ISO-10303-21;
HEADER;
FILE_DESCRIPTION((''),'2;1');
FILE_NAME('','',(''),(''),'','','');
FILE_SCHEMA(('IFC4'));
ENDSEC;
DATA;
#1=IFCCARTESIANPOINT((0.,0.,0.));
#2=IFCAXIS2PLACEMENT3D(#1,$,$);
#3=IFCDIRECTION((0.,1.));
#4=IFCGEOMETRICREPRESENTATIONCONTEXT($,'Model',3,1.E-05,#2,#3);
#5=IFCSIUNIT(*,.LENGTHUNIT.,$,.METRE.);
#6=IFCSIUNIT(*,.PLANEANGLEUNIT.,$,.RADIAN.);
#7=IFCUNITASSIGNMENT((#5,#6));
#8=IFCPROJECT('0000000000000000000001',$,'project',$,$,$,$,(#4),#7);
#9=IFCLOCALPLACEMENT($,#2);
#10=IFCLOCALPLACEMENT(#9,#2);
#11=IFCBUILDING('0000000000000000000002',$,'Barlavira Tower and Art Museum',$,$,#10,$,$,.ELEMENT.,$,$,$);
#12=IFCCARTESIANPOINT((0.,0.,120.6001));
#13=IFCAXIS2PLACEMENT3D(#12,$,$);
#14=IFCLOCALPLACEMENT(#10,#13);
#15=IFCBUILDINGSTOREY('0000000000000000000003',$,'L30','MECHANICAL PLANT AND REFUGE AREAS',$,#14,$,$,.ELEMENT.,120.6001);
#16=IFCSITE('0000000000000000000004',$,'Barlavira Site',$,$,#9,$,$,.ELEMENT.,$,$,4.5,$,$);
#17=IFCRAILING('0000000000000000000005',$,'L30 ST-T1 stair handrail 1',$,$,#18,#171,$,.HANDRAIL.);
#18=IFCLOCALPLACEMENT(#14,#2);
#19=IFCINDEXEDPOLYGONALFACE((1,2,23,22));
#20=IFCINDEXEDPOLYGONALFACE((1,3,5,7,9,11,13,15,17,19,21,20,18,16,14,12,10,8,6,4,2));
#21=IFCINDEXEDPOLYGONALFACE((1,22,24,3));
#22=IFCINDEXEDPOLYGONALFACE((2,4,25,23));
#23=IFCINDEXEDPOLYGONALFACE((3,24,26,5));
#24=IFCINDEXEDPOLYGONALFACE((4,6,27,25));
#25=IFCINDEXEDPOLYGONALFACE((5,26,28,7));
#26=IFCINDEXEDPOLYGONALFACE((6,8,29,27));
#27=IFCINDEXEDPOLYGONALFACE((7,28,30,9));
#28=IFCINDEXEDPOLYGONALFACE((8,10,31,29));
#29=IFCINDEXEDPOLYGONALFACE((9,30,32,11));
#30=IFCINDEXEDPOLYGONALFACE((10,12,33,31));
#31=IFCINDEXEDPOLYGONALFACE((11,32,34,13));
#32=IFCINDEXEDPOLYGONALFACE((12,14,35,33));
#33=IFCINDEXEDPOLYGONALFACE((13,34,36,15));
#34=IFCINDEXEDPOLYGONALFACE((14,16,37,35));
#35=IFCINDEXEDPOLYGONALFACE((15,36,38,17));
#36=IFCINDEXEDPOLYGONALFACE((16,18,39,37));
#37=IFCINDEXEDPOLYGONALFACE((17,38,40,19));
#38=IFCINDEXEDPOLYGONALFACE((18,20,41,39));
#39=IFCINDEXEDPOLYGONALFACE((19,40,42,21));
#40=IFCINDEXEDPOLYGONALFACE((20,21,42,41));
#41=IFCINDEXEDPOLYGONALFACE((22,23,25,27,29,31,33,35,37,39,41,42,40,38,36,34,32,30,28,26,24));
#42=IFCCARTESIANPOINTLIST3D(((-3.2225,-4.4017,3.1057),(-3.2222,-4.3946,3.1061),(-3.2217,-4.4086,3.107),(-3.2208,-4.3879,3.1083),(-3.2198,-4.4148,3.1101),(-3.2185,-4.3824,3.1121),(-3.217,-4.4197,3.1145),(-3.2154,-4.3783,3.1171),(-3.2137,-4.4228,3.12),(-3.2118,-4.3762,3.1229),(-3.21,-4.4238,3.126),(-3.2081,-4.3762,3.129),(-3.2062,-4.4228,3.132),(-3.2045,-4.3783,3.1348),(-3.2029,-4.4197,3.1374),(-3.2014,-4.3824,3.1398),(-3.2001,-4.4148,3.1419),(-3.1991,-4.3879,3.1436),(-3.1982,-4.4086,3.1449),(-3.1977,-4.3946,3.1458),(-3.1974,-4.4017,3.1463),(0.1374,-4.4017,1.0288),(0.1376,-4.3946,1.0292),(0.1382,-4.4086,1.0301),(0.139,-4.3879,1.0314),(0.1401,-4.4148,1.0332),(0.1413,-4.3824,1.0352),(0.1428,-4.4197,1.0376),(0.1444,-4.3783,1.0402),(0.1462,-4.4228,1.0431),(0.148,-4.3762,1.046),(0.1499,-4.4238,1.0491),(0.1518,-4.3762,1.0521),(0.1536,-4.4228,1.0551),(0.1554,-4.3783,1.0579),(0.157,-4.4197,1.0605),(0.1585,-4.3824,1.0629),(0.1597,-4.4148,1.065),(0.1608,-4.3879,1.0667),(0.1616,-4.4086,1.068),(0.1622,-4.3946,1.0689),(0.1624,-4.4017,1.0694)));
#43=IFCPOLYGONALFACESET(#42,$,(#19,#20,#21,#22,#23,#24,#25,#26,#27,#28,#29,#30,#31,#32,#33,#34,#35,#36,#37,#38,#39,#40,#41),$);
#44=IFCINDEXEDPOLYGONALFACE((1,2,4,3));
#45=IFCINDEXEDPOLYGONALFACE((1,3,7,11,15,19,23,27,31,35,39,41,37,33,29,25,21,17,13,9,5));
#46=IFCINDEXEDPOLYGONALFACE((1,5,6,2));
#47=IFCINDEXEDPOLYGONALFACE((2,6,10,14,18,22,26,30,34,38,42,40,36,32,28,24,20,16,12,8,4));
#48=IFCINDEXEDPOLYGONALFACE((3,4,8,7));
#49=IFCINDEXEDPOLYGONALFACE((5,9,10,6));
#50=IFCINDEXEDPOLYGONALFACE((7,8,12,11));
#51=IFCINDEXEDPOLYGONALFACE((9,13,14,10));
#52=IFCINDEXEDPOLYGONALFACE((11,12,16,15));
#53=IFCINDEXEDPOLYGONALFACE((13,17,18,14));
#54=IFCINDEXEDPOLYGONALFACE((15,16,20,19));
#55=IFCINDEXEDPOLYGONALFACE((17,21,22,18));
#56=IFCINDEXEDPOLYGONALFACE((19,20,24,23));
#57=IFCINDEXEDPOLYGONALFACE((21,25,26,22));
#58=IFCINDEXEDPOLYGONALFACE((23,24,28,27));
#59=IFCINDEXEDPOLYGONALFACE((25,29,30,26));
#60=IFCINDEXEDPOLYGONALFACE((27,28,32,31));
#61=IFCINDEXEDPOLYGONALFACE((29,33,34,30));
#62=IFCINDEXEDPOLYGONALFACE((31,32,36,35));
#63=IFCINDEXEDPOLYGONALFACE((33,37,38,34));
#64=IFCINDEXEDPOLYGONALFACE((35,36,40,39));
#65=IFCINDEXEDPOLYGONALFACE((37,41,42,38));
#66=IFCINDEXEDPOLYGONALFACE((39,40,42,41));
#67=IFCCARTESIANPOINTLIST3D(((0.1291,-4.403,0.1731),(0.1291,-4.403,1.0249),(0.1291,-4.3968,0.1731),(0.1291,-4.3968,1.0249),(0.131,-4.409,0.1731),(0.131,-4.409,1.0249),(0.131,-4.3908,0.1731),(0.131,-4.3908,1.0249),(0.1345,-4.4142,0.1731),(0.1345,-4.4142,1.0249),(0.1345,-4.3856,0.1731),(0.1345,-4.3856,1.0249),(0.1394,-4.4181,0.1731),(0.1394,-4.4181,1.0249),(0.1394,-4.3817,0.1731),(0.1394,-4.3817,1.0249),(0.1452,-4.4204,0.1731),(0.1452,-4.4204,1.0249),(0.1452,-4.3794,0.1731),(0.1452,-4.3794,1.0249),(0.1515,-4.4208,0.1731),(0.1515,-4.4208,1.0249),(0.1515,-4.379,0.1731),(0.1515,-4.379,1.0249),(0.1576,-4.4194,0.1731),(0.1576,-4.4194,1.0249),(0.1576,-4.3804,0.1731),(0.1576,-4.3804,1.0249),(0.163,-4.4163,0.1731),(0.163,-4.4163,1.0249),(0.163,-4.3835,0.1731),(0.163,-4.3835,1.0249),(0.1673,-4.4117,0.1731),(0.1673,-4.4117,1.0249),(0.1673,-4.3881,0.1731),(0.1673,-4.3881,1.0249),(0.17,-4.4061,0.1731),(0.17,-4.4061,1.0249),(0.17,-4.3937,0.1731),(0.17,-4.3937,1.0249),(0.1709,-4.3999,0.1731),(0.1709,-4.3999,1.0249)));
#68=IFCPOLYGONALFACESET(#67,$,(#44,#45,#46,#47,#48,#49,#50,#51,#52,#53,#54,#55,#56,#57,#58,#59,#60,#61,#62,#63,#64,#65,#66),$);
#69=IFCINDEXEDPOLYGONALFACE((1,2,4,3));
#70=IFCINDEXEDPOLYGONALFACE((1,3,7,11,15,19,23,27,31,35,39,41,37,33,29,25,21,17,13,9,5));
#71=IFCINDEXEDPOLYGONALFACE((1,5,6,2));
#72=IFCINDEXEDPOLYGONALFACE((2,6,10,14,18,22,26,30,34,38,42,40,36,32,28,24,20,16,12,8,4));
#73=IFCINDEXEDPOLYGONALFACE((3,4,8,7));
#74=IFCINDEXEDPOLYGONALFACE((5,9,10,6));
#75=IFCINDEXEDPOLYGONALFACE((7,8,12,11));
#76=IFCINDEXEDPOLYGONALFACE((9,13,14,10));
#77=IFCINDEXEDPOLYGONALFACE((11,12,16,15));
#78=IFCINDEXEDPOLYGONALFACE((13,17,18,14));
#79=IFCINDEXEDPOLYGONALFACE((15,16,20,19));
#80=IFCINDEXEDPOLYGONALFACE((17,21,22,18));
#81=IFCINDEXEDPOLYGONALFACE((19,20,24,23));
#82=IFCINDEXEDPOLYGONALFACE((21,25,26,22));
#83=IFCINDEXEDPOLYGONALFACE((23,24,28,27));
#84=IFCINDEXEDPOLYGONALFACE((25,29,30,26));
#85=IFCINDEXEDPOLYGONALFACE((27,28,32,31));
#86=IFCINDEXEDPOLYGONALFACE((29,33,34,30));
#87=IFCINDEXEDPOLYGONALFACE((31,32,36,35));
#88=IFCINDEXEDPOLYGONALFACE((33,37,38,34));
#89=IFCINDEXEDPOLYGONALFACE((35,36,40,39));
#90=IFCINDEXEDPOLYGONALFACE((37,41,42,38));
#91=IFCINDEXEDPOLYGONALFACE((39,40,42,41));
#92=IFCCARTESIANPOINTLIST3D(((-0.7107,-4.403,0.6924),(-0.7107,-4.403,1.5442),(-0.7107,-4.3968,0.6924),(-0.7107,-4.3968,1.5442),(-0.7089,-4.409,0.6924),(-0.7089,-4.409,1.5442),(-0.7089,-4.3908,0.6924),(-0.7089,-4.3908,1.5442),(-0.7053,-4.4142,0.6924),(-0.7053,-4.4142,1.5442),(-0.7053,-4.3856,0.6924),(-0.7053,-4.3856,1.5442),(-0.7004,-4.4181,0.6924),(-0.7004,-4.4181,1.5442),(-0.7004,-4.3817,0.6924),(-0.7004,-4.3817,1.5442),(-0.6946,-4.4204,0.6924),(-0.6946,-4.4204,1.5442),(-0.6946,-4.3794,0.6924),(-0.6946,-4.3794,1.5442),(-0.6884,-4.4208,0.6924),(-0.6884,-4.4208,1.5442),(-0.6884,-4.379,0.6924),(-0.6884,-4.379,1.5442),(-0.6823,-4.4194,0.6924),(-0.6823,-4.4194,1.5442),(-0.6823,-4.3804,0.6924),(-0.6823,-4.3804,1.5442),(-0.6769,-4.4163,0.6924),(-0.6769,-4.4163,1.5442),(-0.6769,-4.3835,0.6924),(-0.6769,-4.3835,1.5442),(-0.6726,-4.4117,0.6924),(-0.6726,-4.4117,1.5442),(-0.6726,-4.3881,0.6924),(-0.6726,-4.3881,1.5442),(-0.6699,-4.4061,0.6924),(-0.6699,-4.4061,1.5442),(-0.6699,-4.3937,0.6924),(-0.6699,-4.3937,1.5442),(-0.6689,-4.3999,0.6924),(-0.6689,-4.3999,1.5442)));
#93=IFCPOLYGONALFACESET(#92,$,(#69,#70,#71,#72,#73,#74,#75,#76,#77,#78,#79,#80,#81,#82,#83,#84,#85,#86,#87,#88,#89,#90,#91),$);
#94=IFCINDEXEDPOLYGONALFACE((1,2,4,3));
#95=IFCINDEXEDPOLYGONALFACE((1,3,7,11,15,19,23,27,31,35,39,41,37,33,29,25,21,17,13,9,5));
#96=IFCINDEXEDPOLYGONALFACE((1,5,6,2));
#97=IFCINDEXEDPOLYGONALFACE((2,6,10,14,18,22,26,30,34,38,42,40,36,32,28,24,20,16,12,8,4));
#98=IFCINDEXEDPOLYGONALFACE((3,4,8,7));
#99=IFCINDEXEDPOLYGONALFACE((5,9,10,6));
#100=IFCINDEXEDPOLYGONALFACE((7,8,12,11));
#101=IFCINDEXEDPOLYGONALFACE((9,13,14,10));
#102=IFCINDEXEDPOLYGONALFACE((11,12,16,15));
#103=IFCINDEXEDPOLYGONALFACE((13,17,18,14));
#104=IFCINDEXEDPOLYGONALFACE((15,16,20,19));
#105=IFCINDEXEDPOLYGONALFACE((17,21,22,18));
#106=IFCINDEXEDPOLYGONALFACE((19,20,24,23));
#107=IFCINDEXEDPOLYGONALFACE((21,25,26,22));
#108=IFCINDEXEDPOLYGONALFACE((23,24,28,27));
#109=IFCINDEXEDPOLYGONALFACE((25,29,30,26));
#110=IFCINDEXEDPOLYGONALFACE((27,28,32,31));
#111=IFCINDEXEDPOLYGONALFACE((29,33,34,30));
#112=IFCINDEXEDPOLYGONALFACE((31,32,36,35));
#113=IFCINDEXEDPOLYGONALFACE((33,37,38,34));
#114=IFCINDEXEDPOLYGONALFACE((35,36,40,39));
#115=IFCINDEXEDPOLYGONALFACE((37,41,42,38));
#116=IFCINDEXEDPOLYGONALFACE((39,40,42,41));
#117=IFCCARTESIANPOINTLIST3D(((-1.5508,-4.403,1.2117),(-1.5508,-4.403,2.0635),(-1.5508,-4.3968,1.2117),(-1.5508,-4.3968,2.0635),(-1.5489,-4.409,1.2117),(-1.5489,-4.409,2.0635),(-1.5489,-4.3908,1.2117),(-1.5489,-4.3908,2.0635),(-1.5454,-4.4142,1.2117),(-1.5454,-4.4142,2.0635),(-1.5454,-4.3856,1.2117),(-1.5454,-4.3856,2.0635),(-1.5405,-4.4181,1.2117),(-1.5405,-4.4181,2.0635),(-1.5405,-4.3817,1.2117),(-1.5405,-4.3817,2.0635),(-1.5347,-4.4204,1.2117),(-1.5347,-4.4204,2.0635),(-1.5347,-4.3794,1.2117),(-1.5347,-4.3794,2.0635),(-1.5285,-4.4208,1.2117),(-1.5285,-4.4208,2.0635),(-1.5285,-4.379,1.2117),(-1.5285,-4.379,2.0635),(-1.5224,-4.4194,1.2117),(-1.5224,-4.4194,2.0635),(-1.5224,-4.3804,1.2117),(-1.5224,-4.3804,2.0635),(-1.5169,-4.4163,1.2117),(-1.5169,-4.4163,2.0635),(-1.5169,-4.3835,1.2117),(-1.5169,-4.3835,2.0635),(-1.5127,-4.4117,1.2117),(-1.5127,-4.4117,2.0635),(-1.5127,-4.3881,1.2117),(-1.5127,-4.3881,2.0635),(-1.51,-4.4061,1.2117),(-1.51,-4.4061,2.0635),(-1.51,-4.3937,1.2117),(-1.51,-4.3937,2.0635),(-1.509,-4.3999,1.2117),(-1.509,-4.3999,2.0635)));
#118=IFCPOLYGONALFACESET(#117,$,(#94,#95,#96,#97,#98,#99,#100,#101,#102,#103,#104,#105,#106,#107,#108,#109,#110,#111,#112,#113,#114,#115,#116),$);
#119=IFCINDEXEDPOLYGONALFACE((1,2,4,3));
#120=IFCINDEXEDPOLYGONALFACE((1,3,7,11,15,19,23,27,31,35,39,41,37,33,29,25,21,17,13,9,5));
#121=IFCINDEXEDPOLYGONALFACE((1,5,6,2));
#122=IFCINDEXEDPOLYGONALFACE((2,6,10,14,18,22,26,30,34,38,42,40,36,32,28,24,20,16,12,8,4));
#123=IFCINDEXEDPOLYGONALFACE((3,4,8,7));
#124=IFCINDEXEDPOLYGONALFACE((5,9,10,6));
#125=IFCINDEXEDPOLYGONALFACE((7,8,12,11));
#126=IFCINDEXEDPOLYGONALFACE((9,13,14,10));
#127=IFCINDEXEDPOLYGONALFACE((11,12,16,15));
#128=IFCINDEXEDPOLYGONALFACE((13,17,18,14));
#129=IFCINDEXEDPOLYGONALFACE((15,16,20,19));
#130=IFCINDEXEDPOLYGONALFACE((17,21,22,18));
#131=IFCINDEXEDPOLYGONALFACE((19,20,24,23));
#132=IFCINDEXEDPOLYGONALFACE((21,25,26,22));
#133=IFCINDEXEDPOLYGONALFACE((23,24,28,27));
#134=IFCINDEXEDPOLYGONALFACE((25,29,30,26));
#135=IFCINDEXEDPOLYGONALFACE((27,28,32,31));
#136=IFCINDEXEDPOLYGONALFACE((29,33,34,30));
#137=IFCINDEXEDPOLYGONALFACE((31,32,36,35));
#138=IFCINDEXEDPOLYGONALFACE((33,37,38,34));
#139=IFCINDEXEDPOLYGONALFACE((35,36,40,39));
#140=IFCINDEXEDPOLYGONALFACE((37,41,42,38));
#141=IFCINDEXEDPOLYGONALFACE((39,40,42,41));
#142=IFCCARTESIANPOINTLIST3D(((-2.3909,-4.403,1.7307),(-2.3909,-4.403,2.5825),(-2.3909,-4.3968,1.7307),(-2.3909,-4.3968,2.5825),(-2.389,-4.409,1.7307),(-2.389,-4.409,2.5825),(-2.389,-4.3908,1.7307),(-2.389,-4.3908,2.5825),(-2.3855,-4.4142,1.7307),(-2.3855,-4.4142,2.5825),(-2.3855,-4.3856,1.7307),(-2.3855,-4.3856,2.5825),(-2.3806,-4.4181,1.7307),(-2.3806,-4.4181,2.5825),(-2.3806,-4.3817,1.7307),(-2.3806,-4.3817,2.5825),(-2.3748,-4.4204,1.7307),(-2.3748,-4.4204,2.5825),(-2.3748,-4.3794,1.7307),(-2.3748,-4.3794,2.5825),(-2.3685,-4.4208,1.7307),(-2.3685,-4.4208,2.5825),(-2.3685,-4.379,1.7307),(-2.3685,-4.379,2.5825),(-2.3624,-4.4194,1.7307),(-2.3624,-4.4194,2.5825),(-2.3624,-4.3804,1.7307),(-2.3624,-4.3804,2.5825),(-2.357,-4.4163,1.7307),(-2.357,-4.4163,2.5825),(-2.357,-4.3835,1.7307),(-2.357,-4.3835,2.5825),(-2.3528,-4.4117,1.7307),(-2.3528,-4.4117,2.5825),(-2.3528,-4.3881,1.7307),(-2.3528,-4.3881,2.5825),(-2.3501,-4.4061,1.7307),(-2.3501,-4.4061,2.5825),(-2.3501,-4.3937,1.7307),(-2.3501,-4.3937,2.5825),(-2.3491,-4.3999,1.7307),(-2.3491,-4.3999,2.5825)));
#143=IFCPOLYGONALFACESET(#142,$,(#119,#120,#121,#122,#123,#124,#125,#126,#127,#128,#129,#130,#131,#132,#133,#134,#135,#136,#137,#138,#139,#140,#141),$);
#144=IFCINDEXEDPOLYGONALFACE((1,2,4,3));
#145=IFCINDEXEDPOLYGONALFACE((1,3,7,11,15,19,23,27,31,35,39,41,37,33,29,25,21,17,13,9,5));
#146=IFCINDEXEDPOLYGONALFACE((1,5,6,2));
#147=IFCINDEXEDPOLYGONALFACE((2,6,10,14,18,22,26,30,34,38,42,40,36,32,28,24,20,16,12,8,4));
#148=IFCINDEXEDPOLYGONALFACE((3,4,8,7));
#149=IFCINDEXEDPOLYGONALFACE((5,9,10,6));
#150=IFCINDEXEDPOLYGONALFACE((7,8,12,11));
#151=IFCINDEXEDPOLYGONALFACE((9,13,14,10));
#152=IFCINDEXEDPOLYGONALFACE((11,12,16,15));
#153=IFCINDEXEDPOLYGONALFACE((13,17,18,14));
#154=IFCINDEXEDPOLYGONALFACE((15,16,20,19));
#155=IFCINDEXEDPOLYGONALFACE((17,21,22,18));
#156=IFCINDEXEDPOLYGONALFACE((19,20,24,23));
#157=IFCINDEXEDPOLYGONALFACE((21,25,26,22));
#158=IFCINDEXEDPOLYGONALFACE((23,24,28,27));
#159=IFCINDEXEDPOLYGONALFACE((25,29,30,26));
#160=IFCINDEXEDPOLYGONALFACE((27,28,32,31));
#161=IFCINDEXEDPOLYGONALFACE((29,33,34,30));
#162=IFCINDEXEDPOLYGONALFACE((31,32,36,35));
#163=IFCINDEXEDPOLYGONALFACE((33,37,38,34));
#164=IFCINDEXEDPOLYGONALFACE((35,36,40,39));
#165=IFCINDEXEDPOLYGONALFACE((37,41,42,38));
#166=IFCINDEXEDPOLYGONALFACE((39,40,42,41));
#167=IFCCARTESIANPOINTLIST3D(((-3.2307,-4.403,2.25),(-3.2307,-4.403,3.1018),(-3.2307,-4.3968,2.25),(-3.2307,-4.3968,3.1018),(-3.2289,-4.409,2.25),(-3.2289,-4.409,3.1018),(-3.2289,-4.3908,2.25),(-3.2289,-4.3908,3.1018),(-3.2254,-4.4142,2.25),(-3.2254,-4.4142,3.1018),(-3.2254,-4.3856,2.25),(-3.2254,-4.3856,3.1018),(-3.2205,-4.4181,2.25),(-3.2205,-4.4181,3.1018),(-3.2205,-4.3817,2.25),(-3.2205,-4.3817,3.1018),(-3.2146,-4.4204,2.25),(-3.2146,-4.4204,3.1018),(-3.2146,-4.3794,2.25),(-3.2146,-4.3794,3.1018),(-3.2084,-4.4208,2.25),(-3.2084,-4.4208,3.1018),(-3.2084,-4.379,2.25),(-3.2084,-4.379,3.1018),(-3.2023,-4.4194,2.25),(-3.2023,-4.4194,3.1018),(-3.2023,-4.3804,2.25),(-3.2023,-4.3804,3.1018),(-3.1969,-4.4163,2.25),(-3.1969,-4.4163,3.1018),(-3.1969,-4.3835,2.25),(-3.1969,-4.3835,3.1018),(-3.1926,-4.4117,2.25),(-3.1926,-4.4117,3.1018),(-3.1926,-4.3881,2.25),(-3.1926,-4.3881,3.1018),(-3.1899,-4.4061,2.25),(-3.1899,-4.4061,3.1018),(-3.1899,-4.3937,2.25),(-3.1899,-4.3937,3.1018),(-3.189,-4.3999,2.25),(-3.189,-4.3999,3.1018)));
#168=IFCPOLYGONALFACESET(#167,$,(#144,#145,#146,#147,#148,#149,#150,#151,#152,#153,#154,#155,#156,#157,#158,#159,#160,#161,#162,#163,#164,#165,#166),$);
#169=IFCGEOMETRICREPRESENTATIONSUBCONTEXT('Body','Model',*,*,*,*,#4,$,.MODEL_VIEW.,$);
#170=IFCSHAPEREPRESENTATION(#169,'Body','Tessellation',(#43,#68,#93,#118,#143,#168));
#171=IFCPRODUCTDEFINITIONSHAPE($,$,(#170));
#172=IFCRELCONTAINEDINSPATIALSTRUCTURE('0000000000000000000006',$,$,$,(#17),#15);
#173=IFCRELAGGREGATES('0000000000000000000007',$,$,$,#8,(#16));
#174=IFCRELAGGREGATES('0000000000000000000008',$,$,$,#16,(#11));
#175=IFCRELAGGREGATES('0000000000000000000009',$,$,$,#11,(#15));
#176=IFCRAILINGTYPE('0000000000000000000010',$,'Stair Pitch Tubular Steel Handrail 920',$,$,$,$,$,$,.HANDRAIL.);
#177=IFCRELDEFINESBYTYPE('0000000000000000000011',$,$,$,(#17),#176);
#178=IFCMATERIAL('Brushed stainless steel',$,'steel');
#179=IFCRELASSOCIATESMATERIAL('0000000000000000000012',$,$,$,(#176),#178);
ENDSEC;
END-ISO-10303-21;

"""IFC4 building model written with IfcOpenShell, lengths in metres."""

from ifc_helpers import new_model, si_unit, direction, frame, origin, origin_2d, place, context, subcontext, project, spatial, circle, extrude, material, type_object, element, save


model = new_model("IFC4")

# Units and contexts
model_context = context("Model", 3, precision=1e-05, world=origin(), true_north=direction((0.0, 1.0)))
body_context = subcontext(model_context, "Body", "Model", "MODEL_VIEW")
ifc_project = project(units=[si_unit("LENGTHUNIT", "METRE"), si_unit("PLANEANGLEUNIT", "RADIAN")], contexts=[model_context])

# Site, building, storey
site_placement = place(None, origin())
site = spatial("IfcSite", under=ifc_project, at=site_placement, Name="Barlavira Site", CompositionType="ELEMENT", RefElevation=4.5)
building_placement = place(site_placement, origin())
building = spatial("IfcBuilding", under=site, at=building_placement, Name="Barlavira Tower and Art Museum", CompositionType="ELEMENT")
storey_placement = place(building_placement, frame((0.0, 0.0, 120.6001)))
storey = spatial("IfcBuildingStorey", under=building, at=storey_placement, Name="L30", Description="MECHANICAL PLANT AND REFUGE AREAS", CompositionType="ELEMENT", Elevation=120.6001)

# Shared definitions
ifc_material_1 = material(Name="Brushed stainless steel", Category="steel")

# Railing
railing_type_1 = type_object("IfcRailingType", Name="Stair Pitch Tubular Steel Handrail 920", PredefinedType="HANDRAIL", material=ifc_material_1)
railing_1_placement = place(storey_placement, frame((0.1499, -4.3999, 0.1731)))
element("IfcRailing", 1, at=railing_1_placement, inside=storey, type_object=railing_type_1, Name="L30 ST-T1 stair handrail 1", PredefinedType="HANDRAIL", context=body_context, shape_type="SweptSolid", body=[
    extrude(circle(Radius=0.0239, at=origin_2d()), frame((0.0, 0.0, 0.876), z_axis=(-0.850606, 0.0, 0.525803), x_axis=(0.0, -1.0, 0.0)), (0.0, 0.0, 1.0), 3.95),
    extrude(circle(Radius=0.021, at=origin_2d()), origin(), (0.0, 0.0, 1.0), 0.8518),
    extrude(circle(Radius=0.021, at=origin_2d()), frame((-0.8398, 0.0, 0.5193)), (0.0, 0.0, 1.0), 0.8518),
    extrude(circle(Radius=0.021, at=origin_2d()), frame((-1.6799, 0.0, 1.0386)), (0.0, 0.0, 1.0), 0.8518),
    extrude(circle(Radius=0.021, at=origin_2d()), frame((-2.52, 0.0, 1.5576)), (0.0, 0.0, 1.0), 0.8518),
    extrude(circle(Radius=0.021, at=origin_2d()), frame((-3.3599, 0.0, 2.0769)), (0.0, 0.0, 1.0), 0.8518),
])

save(model, "model.ifc")
